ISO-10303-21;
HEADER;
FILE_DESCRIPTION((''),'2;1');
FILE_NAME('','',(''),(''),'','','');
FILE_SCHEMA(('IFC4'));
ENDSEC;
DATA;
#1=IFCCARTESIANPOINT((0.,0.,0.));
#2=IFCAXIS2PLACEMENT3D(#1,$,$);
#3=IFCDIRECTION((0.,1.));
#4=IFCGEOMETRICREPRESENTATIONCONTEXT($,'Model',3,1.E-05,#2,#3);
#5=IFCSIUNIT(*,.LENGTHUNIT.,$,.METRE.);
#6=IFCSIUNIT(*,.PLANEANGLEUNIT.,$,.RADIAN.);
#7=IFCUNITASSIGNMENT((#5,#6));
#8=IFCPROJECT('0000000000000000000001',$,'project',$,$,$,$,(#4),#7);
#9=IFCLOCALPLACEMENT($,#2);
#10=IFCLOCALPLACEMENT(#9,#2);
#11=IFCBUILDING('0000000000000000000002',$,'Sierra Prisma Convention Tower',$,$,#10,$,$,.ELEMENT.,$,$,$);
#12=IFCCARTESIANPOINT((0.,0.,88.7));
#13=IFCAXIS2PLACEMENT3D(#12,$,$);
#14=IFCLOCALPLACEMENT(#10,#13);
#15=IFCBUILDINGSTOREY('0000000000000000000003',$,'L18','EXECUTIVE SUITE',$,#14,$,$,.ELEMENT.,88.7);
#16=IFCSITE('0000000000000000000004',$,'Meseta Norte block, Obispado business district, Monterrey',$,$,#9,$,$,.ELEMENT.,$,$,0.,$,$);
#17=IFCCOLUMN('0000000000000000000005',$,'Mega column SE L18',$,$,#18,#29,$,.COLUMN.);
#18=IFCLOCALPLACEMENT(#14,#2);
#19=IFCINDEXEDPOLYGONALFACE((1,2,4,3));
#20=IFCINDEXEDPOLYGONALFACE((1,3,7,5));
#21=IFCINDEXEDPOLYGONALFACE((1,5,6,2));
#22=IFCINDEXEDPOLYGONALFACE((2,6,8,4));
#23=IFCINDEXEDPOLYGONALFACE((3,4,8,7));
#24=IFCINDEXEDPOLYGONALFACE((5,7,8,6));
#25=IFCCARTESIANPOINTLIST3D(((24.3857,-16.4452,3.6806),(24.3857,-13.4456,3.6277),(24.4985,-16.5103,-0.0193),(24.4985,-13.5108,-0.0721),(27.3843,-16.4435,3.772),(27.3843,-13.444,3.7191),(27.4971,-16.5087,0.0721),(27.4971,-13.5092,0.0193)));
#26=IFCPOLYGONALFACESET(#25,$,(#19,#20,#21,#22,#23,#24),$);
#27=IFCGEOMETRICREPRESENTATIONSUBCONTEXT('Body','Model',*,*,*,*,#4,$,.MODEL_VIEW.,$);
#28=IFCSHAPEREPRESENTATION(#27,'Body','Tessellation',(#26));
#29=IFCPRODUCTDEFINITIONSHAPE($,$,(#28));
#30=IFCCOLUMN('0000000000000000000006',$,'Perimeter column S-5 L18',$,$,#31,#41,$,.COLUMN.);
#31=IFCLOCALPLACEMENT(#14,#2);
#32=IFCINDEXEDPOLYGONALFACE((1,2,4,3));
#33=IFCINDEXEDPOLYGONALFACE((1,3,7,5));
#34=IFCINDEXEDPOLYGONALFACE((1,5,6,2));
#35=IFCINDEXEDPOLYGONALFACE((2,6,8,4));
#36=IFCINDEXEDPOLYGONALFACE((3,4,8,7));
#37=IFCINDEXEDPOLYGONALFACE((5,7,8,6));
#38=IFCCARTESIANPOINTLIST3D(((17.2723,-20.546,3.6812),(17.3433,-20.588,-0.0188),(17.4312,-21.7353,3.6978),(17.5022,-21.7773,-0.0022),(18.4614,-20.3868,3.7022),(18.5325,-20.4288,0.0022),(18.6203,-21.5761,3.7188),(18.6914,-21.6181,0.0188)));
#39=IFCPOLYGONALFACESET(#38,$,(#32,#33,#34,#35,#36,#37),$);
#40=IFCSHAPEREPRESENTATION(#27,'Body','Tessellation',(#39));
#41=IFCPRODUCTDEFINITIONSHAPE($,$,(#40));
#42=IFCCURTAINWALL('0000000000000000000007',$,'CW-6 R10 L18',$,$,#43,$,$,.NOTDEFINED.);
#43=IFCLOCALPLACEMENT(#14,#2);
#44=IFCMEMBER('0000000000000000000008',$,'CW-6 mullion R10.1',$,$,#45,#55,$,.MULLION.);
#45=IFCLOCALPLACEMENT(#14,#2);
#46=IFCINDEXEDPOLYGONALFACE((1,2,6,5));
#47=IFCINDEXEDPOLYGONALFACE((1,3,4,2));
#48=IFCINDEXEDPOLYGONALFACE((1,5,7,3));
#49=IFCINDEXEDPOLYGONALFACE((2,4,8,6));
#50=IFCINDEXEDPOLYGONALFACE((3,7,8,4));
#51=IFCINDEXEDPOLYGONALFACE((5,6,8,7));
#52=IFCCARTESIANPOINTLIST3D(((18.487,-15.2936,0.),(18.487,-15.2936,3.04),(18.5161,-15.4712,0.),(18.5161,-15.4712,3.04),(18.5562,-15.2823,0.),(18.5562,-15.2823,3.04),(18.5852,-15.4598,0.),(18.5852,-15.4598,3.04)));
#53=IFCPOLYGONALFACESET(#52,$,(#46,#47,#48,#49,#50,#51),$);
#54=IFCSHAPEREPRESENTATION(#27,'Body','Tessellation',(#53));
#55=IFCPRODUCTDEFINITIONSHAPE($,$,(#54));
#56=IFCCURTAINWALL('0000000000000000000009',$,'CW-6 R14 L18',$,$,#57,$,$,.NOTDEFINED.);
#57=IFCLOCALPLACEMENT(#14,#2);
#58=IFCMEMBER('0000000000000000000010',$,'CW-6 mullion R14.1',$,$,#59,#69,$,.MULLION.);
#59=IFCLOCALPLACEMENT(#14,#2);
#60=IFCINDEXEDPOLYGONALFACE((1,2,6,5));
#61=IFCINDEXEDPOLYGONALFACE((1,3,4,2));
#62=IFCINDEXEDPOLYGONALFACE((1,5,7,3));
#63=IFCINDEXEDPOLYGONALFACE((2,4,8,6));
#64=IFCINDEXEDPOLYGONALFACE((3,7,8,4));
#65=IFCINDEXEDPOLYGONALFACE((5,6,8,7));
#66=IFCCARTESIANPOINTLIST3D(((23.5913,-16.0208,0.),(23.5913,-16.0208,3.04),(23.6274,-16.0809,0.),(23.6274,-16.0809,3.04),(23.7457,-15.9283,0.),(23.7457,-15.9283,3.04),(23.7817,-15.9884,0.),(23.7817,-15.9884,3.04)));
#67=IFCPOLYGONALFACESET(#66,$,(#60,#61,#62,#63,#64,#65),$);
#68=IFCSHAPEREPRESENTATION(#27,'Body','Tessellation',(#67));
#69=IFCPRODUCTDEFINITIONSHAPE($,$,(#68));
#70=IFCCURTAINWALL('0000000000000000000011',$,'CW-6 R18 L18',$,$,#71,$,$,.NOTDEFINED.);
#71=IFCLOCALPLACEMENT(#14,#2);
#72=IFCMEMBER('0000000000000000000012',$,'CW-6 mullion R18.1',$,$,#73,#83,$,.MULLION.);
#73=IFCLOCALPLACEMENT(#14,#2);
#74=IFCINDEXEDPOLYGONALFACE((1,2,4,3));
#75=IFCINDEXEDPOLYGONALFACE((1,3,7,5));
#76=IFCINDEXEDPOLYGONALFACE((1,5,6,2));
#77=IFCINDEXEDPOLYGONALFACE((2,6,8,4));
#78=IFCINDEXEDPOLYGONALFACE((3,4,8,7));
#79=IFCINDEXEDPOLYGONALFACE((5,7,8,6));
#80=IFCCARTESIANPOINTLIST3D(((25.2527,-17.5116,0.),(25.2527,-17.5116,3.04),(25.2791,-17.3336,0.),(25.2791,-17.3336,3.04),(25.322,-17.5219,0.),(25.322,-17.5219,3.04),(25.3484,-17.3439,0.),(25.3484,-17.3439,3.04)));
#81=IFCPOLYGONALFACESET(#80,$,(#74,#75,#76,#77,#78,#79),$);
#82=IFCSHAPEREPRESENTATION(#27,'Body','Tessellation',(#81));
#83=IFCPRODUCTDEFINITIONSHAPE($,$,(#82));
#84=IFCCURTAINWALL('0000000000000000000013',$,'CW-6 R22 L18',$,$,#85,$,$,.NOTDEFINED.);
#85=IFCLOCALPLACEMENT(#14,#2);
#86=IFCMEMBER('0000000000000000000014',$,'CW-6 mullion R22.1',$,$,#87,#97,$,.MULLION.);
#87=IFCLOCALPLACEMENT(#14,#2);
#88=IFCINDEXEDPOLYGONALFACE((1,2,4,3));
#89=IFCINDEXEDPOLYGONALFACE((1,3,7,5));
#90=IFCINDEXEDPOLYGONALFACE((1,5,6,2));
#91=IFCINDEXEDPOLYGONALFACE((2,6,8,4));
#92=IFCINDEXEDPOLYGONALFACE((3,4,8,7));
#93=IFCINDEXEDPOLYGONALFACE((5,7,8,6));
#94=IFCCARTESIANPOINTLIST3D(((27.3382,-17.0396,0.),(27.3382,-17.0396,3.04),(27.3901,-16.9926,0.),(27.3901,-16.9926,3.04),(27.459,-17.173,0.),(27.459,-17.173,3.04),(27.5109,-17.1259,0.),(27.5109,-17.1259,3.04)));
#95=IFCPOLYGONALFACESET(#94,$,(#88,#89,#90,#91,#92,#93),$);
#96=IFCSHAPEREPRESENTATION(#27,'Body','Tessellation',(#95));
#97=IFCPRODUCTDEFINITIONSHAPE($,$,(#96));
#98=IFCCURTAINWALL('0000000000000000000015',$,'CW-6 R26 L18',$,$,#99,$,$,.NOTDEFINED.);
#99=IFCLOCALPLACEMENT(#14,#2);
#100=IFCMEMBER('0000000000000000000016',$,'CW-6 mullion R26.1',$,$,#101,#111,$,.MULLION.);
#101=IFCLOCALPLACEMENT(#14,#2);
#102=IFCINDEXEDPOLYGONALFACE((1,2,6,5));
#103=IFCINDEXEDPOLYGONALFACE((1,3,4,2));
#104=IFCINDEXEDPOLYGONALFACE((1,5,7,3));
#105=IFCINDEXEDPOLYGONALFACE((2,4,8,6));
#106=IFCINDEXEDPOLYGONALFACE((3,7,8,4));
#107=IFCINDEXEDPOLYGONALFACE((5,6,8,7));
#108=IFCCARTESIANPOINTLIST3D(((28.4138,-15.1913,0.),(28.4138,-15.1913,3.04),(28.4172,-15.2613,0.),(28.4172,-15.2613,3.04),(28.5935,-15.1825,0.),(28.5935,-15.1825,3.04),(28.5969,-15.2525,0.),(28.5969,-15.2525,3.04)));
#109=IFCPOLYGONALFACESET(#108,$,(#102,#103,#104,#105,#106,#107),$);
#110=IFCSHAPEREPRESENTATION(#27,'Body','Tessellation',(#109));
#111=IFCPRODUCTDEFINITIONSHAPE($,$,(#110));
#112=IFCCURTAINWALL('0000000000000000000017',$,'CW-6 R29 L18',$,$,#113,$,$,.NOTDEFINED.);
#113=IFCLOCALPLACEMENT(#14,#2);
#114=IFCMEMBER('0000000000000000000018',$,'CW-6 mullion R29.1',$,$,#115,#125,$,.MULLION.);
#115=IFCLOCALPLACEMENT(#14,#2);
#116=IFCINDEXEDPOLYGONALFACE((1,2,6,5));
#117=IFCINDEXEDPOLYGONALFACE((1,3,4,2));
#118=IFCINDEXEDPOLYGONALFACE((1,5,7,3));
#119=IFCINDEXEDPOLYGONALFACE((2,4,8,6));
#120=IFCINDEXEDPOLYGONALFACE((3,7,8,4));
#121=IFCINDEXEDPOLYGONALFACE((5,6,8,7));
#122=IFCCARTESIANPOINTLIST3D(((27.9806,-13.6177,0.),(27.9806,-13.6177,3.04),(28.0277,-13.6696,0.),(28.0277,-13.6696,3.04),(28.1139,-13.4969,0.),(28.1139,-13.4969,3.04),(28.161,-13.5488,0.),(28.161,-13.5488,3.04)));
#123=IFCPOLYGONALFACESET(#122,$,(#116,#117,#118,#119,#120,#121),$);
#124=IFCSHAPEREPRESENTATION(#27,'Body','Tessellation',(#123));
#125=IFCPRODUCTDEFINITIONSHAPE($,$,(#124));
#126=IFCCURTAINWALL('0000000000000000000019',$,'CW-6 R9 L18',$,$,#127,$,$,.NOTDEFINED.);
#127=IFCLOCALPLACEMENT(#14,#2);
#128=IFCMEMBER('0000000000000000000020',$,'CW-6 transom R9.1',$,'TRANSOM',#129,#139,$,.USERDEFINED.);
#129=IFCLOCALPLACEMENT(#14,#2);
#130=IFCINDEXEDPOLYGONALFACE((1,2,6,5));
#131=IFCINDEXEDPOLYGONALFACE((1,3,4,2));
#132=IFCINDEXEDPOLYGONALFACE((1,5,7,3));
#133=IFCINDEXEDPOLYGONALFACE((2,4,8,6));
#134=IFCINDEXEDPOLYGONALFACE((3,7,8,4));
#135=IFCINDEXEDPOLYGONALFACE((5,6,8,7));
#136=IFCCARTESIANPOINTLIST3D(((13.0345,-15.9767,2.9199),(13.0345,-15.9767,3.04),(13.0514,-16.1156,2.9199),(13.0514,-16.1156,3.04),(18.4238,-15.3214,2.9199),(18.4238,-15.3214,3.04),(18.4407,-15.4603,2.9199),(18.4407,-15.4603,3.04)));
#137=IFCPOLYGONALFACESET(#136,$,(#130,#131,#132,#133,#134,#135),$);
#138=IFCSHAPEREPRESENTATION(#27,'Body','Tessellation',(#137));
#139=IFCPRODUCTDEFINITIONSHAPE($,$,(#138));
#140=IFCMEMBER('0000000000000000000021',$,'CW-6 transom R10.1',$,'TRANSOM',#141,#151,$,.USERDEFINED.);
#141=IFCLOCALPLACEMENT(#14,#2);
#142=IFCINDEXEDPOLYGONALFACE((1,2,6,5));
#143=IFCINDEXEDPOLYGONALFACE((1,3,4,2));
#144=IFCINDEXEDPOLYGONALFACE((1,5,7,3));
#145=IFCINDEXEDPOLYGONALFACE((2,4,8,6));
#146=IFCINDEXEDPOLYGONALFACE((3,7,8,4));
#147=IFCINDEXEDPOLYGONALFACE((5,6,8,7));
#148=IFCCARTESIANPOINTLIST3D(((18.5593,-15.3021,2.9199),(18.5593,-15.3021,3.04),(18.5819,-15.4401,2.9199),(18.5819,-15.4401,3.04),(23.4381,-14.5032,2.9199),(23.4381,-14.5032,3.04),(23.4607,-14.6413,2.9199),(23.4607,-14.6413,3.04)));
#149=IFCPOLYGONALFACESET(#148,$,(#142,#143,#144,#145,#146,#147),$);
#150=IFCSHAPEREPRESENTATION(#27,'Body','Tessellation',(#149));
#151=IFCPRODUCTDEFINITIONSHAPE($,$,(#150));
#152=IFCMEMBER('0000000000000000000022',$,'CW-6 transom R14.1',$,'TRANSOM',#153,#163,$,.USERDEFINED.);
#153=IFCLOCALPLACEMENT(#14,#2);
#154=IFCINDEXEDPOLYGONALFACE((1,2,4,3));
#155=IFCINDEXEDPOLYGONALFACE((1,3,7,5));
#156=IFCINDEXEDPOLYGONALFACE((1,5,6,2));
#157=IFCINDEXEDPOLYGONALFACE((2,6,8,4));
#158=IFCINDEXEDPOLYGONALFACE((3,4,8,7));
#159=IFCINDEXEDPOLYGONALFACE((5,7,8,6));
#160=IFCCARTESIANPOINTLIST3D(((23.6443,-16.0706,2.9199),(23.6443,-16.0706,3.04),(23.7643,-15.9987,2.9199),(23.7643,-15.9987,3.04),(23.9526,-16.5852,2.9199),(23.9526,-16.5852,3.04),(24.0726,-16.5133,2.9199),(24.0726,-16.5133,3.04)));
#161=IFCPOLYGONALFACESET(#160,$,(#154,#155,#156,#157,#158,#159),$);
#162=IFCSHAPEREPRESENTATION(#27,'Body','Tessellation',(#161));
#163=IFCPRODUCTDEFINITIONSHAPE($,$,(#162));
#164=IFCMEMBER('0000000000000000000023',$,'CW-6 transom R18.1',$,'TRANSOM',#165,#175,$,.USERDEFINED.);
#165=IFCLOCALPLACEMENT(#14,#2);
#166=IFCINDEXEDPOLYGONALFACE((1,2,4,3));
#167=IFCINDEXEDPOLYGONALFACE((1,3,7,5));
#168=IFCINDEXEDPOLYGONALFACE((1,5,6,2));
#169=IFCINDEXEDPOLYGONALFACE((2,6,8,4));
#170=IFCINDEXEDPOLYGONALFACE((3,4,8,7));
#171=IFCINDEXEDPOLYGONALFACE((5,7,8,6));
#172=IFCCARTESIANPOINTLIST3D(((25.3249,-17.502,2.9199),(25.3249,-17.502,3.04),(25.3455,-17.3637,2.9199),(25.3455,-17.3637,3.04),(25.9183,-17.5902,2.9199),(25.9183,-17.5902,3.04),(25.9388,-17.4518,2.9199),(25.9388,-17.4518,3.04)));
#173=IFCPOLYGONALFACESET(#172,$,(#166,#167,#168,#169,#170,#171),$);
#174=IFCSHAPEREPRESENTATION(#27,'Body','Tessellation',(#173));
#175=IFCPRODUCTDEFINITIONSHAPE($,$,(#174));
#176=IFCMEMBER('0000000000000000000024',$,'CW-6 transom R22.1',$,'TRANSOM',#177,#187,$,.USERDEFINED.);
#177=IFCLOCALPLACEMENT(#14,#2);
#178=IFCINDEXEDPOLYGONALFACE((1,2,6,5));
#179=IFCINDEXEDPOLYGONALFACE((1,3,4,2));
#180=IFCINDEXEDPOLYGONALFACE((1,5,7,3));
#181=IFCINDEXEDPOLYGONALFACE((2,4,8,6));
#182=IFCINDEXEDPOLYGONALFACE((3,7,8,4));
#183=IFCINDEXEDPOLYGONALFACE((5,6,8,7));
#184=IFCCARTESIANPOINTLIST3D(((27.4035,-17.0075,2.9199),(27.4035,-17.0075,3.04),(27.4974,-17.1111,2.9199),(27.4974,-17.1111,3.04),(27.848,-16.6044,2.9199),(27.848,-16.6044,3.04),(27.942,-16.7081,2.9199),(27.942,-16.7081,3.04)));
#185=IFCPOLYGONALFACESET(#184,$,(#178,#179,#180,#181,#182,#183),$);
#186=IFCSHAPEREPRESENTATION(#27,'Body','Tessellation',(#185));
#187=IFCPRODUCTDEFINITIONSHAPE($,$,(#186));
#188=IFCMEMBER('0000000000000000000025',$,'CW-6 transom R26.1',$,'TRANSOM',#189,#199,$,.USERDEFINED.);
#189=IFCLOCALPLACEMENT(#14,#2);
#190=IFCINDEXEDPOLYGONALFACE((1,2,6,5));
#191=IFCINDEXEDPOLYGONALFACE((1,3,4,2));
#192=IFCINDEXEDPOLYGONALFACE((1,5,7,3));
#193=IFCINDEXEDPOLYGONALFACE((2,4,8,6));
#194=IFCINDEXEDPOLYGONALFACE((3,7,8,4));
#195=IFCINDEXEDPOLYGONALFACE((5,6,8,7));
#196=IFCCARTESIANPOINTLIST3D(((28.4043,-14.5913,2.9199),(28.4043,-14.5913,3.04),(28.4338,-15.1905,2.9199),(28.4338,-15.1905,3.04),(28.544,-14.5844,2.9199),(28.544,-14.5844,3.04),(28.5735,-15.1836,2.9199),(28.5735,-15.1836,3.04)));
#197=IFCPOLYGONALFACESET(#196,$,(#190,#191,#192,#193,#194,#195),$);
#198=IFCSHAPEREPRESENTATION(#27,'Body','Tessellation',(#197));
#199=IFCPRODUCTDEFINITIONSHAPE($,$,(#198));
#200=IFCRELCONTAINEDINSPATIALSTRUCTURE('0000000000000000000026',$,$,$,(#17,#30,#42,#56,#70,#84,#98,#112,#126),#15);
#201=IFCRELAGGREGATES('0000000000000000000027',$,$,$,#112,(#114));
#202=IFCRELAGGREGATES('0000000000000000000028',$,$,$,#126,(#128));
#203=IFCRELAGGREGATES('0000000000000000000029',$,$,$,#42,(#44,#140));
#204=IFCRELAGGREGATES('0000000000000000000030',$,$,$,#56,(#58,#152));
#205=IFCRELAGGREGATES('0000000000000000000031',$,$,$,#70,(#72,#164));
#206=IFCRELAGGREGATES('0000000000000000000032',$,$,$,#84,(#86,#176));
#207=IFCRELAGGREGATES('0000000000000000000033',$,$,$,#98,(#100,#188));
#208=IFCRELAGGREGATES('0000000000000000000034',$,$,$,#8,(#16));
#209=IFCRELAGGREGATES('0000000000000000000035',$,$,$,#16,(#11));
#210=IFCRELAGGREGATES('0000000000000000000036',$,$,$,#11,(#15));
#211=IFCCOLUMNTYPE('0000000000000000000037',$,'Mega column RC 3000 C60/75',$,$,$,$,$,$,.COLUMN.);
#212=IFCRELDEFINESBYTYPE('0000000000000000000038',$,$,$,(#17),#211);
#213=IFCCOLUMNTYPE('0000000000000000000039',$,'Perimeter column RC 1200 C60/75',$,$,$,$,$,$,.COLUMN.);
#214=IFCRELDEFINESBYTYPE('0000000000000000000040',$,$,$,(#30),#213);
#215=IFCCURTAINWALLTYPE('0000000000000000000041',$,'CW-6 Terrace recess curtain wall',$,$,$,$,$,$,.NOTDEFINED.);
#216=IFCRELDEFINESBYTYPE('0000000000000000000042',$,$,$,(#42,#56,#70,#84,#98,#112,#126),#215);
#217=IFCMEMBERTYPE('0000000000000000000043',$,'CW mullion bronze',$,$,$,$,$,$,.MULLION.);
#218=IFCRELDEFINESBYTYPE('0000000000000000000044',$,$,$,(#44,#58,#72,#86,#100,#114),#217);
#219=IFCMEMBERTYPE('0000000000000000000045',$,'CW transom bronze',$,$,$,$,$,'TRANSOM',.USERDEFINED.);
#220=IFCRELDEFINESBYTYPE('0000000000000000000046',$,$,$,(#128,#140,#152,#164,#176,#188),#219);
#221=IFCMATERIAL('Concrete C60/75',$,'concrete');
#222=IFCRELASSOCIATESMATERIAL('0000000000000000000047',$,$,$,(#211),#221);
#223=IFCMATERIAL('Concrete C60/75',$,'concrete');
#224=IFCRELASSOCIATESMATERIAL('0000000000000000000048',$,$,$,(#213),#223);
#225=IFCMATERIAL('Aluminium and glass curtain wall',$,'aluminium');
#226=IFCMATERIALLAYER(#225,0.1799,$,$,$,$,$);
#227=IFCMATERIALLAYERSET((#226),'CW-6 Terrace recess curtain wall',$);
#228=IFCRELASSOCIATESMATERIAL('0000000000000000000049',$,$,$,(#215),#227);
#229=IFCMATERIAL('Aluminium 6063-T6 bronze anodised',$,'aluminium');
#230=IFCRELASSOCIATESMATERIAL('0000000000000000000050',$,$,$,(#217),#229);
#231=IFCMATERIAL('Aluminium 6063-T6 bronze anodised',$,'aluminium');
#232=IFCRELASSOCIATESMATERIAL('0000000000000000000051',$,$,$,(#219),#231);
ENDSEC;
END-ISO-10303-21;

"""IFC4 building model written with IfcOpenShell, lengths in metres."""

from ifc_helpers import new_model, si_unit, direction, frame, origin, origin_2d, place, context, subcontext, project, spatial, rectangle, extrude, material, layer, layer_set, material_profile, profile_set, type_object, element, aggregate, save


model = new_model("IFC4")

# Units and contexts
model_context = context("Model", 3, precision=1e-05, world=origin(), true_north=direction((0.0, 1.0)))
body_context = subcontext(model_context, "Body", "Model", "MODEL_VIEW")
ifc_project = project(units=[si_unit("LENGTHUNIT", "METRE"), si_unit("PLANEANGLEUNIT", "RADIAN")], contexts=[model_context])

# Site, building, storey
site_placement = place(None, origin())
site = spatial("IfcSite", under=ifc_project, at=site_placement, Name="Meseta Norte block, Obispado business district, Monterrey", CompositionType="ELEMENT", RefElevation=0.0)
building_placement = place(site_placement, origin())
building = spatial("IfcBuilding", under=site, at=building_placement, Name="Sierra Prisma Convention Tower", CompositionType="ELEMENT")
storey_placement = place(building_placement, frame((0.0, 0.0, 88.7)))
storey = spatial("IfcBuildingStorey", under=building, at=storey_placement, Name="L18", Description="EXECUTIVE SUITE", CompositionType="ELEMENT", Elevation=88.7)

# Columns
ifc_material_1 = material(Name="Concrete C60/75", Category="concrete")
ifc_material_profile_1 = material_profile(ifc_material_1, rectangle(XDim=3.0, YDim=3.0, at=origin_2d()), Name="Mega column RC 3000 C60/75")
ifc_profile_set_1 = profile_set([ifc_material_profile_1], Name="Concrete C60/75")
column_type_1 = type_object("IfcColumnType", Name="Mega column RC 3000 C60/75", PredefinedType="COLUMN", material=ifc_profile_set_1)
column_1_placement = place(storey_placement, frame((25.9978, -15.0098, 0.0), z_axis=(-0.030466, 0.017607, 0.999381), x_axis=(0.999536, 0.000537, 0.030461)))
element("IfcColumn", 1, at=column_1_placement, inside=storey, type_object=column_type_1, Name="Mega column SE L18", PredefinedType="COLUMN", context=body_context, shape_type="SweptSolid", body=[
    extrude(rectangle(XDim=3.0, YDim=3.0, at=origin_2d()), origin(), (0.0, 0.0, 1.0), 3.7021),
])
ifc_material_2 = material(Name="Concrete C60/75", Category="concrete")
ifc_material_profile_2 = material_profile(ifc_material_2, rectangle(XDim=1.2, YDim=1.2, at=origin_2d()), Name="Perimeter column RC 1200 C60/75")
ifc_profile_set_2 = profile_set([ifc_material_profile_2], Name="Concrete C60/75")
column_type_2 = type_object("IfcColumnType", Name="Perimeter column RC 1200 C60/75", PredefinedType="COLUMN", material=ifc_profile_set_2)
column_2_placement = place(storey_placement, frame((18.0173, -21.103, 0.0), z_axis=(-0.019197, 0.011347, 0.999751), x_axis=(0.991007, 0.132656, 0.017523)))
element("IfcColumn", 2, at=column_2_placement, inside=storey, type_object=column_type_2, Name="Perimeter column S-5 L18", PredefinedType="COLUMN", context=body_context, shape_type="SweptSolid", body=[
    extrude(rectangle(XDim=1.2, YDim=1.2, at=origin_2d()), origin(), (0.0, 0.0, 1.0), 3.7009),
])

# Curtain walls, members
ifc_material_3 = material(Name="Aluminium and glass curtain wall", Category="aluminium")
ifc_layer_1 = layer(ifc_material_3, 0.1799)
ifc_layer_set_1 = layer_set([ifc_layer_1], Name="CW-6 Terrace recess curtain wall")
curtain_wall_type = type_object("IfcCurtainWallType", Name="CW-6 Terrace recess curtain wall", PredefinedType="NOTDEFINED", material=ifc_layer_set_1)
curtain_wall_1_placement = place(storey_placement, origin())
curtain_wall_1 = element("IfcCurtainWall", 3, at=curtain_wall_1_placement, inside=storey, type_object=curtain_wall_type, Name="CW-6 R10 L18", PredefinedType="NOTDEFINED")
ifc_material_4 = material(Name="Aluminium 6063-T6 bronze anodised", Category="aluminium")
ifc_material_profile_3 = material_profile(ifc_material_4, rectangle(XDim=0.1799, YDim=0.0701, at=origin_2d()), Name="ALU MULLION 70x180")
ifc_profile_set_3 = profile_set([ifc_material_profile_3], Name="Aluminium 6063-T6 bronze anodised")
member_type_1 = type_object("IfcMemberType", Name="CW mullion bronze", PredefinedType="MULLION", material=ifc_profile_set_3)
member_1_placement = place(storey_placement, frame((18.5361, -15.3767, 0.0), z_axis=(0.0, 0.0, 1.0), x_axis=(-0.161606, 0.986855, 0.0)))
member_1 = element("IfcMember", 4, at=member_1_placement, type_object=member_type_1, Name="CW-6 mullion R10.1", PredefinedType="MULLION", context=body_context, shape_type="SweptSolid", body=[
    extrude(rectangle(XDim=0.1799, YDim=0.0701, at=origin_2d()), origin(), (0.0, 0.0, 1.0), 3.04),
])
curtain_wall_2_placement = place(storey_placement, origin())
curtain_wall_2 = element("IfcCurtainWall", 5, at=curtain_wall_2_placement, inside=storey, type_object=curtain_wall_type, Name="CW-6 R14 L18", PredefinedType="NOTDEFINED")
member_2_placement = place(storey_placement, frame((23.6865, -16.0046, 0.0), z_axis=(0.0, 0.0, 1.0), x_axis=(0.857729, 0.514103, 0.0)))
member_2 = element("IfcMember", 6, at=member_2_placement, type_object=member_type_1, Name="CW-6 mullion R14.1", PredefinedType="MULLION", context=body_context, shape_type="SweptSolid", body=[
    extrude(rectangle(XDim=0.1799, YDim=0.0701, at=origin_2d()), origin(), (0.0, 0.0, 1.0), 3.04),
])
curtain_wall_3_placement = place(storey_placement, origin())
curtain_wall_3 = element("IfcCurtainWall", 7, at=curtain_wall_3_placement, inside=storey, type_object=curtain_wall_type, Name="CW-6 R18 L18", PredefinedType="NOTDEFINED")
member_3_placement = place(storey_placement, frame((25.3005, -17.4277, 0.0), z_axis=(0.0, 0.0, 1.0), x_axis=(0.14673, 0.989177, 0.0)))
member_3 = element("IfcMember", 8, at=member_3_placement, type_object=member_type_1, Name="CW-6 mullion R18.1", PredefinedType="MULLION", context=body_context, shape_type="SweptSolid", body=[
    extrude(rectangle(XDim=0.1799, YDim=0.0701, at=origin_2d()), origin(), (0.0, 0.0, 1.0), 3.04),
])
curtain_wall_4_placement = place(storey_placement, origin())
curtain_wall_4 = element("IfcCurtainWall", 9, at=curtain_wall_4_placement, inside=storey, type_object=curtain_wall_type, Name="CW-6 R22 L18", PredefinedType="NOTDEFINED")
member_4_placement = place(storey_placement, frame((27.4246, -17.0828, 0.0), z_axis=(0.0, 0.0, 1.0), x_axis=(-0.671559, 0.740951, 0.0)))
member_4 = element("IfcMember", 10, at=member_4_placement, type_object=member_type_1, Name="CW-6 mullion R22.1", PredefinedType="MULLION", context=body_context, shape_type="SweptSolid", body=[
    extrude(rectangle(XDim=0.1799, YDim=0.0701, at=origin_2d()), origin(), (0.0, 0.0, 1.0), 3.04),
])
curtain_wall_5_placement = place(storey_placement, origin())
curtain_wall_5 = element("IfcCurtainWall", 11, at=curtain_wall_5_placement, inside=storey, type_object=curtain_wall_type, Name="CW-6 R26 L18", PredefinedType="NOTDEFINED")
member_5_placement = place(storey_placement, frame((28.5054, -15.2219, 0.0), z_axis=(0.0, 0.0, 1.0), x_axis=(-0.998795, -0.049068, 0.0)))
member_5 = element("IfcMember", 12, at=member_5_placement, type_object=member_type_1, Name="CW-6 mullion R26.1", PredefinedType="MULLION", context=body_context, shape_type="SweptSolid", body=[
    extrude(rectangle(XDim=0.1799, YDim=0.0701, at=origin_2d()), origin(), (0.0, 0.0, 1.0), 3.04),
])
curtain_wall_6_placement = place(storey_placement, origin())
curtain_wall_6 = element("IfcCurtainWall", 13, at=curtain_wall_6_placement, inside=storey, type_object=curtain_wall_type, Name="CW-6 R29 L18", PredefinedType="NOTDEFINED")
member_6_placement = place(storey_placement, frame((28.0708, -13.5833, 0.0), z_axis=(0.0, 0.0, 1.0), x_axis=(-0.740951, -0.671559, 0.0)))
member_6 = element("IfcMember", 14, at=member_6_placement, type_object=member_type_1, Name="CW-6 mullion R29.1", PredefinedType="MULLION", context=body_context, shape_type="SweptSolid", body=[
    extrude(rectangle(XDim=0.1799, YDim=0.0701, at=origin_2d()), origin(), (0.0, 0.0, 1.0), 3.04),
])
curtain_wall_7_placement = place(storey_placement, origin())
curtain_wall_7 = element("IfcCurtainWall", 15, at=curtain_wall_7_placement, inside=storey, type_object=curtain_wall_type, Name="CW-6 R9 L18", PredefinedType="NOTDEFINED")
ifc_material_5 = material(Name="Aluminium 6063-T6 bronze anodised", Category="aluminium")
ifc_material_profile_4 = material_profile(ifc_material_5, rectangle(XDim=0.1399, YDim=0.1201, at=origin_2d()), Name="ALU TRANSOM 120x140")
ifc_profile_set_4 = profile_set([ifc_material_profile_4], Name="Aluminium 6063-T6 bronze anodised")
member_type_2 = type_object("IfcMemberType", Name="CW transom bronze", ElementType="TRANSOM", PredefinedType="USERDEFINED", material=ifc_profile_set_4)
member_7_placement = place(storey_placement, frame((13.043, -16.0461, 2.98), z_axis=(0.992689, 0.120702, 0.0), x_axis=(-0.120702, 0.992689, 0.0)))
member_7 = element("IfcMember", 16, at=member_7_placement, type_object=member_type_2, Name="CW-6 transom R9.1", ObjectType="TRANSOM", PredefinedType="USERDEFINED", context=body_context, shape_type="SweptSolid", body=[
    extrude(rectangle(XDim=0.1399, YDim=0.1201, at=origin_2d()), origin(), (0.0, 0.0, 1.0), 5.429),
])

# Members
member_8_placement = place(storey_placement, frame((18.5706, -15.3711, 2.98), z_axis=(0.98686, 0.16158, 0.0), x_axis=(-0.16158, 0.98686, 0.0)))
member_8 = element("IfcMember", 17, at=member_8_placement, type_object=member_type_2, Name="CW-6 transom R10.1", ObjectType="TRANSOM", PredefinedType="USERDEFINED", context=body_context, shape_type="SweptSolid", body=[
    extrude(rectangle(XDim=0.1399, YDim=0.1201, at=origin_2d()), origin(), (0.0, 0.0, 1.0), 4.9438),
])
member_9_placement = place(storey_placement, frame((23.7043, -16.0347, 2.98), z_axis=(0.513957, -0.857816, 0.0), x_axis=(0.857816, 0.513957, 0.0)))
member_9 = element("IfcMember", 18, at=member_9_placement, type_object=member_type_2, Name="CW-6 transom R14.1", ObjectType="TRANSOM", PredefinedType="USERDEFINED", context=body_context, shape_type="SweptSolid", body=[
    extrude(rectangle(XDim=0.1399, YDim=0.1201, at=origin_2d()), origin(), (0.0, 0.0, 1.0), 0.5999),
])
member_10_placement = place(storey_placement, frame((25.3352, -17.4329, 2.98), z_axis=(0.989144, -0.146947, 0.0), x_axis=(0.146947, 0.989144, 0.0)))
member_10 = element("IfcMember", 19, at=member_10_placement, type_object=member_type_2, Name="CW-6 transom R18.1", ObjectType="TRANSOM", PredefinedType="USERDEFINED", context=body_context, shape_type="SweptSolid", body=[
    extrude(rectangle(XDim=0.1399, YDim=0.1201, at=origin_2d()), origin(), (0.0, 0.0, 1.0), 0.5999),
])
member_11_placement = place(storey_placement, frame((27.4504, -17.0593, 2.98), z_axis=(0.740841, 0.67168, 0.0), x_axis=(-0.67168, 0.740841, 0.0)))
member_11 = element("IfcMember", 20, at=member_11_placement, type_object=member_type_2, Name="CW-6 transom R22.1", ObjectType="TRANSOM", PredefinedType="USERDEFINED", context=body_context, shape_type="SweptSolid", body=[
    extrude(rectangle(XDim=0.1399, YDim=0.1201, at=origin_2d()), origin(), (0.0, 0.0, 1.0), 0.6001),
])
member_12_placement = place(storey_placement, frame((28.5037, -15.187, 2.98), z_axis=(-0.049247, 0.998787, 0.0), x_axis=(-0.998787, -0.049247, 0.0)))
member_12 = element("IfcMember", 21, at=member_12_placement, type_object=member_type_2, Name="CW-6 transom R26.1", ObjectType="TRANSOM", PredefinedType="USERDEFINED", context=body_context, shape_type="SweptSolid", body=[
    extrude(rectangle(XDim=0.1399, YDim=0.1201, at=origin_2d()), origin(), (0.0, 0.0, 1.0), 0.5999),
])
aggregate(curtain_wall_6, [member_6])

aggregate(curtain_wall_7, [member_7])
aggregate(curtain_wall_1, [member_1, member_8])
aggregate(curtain_wall_2, [member_2, member_9])
aggregate(curtain_wall_3, [member_3, member_10])
aggregate(curtain_wall_4, [member_4, member_11])
aggregate(curtain_wall_5, [member_5, member_12])

save(model, "model.ifc")
